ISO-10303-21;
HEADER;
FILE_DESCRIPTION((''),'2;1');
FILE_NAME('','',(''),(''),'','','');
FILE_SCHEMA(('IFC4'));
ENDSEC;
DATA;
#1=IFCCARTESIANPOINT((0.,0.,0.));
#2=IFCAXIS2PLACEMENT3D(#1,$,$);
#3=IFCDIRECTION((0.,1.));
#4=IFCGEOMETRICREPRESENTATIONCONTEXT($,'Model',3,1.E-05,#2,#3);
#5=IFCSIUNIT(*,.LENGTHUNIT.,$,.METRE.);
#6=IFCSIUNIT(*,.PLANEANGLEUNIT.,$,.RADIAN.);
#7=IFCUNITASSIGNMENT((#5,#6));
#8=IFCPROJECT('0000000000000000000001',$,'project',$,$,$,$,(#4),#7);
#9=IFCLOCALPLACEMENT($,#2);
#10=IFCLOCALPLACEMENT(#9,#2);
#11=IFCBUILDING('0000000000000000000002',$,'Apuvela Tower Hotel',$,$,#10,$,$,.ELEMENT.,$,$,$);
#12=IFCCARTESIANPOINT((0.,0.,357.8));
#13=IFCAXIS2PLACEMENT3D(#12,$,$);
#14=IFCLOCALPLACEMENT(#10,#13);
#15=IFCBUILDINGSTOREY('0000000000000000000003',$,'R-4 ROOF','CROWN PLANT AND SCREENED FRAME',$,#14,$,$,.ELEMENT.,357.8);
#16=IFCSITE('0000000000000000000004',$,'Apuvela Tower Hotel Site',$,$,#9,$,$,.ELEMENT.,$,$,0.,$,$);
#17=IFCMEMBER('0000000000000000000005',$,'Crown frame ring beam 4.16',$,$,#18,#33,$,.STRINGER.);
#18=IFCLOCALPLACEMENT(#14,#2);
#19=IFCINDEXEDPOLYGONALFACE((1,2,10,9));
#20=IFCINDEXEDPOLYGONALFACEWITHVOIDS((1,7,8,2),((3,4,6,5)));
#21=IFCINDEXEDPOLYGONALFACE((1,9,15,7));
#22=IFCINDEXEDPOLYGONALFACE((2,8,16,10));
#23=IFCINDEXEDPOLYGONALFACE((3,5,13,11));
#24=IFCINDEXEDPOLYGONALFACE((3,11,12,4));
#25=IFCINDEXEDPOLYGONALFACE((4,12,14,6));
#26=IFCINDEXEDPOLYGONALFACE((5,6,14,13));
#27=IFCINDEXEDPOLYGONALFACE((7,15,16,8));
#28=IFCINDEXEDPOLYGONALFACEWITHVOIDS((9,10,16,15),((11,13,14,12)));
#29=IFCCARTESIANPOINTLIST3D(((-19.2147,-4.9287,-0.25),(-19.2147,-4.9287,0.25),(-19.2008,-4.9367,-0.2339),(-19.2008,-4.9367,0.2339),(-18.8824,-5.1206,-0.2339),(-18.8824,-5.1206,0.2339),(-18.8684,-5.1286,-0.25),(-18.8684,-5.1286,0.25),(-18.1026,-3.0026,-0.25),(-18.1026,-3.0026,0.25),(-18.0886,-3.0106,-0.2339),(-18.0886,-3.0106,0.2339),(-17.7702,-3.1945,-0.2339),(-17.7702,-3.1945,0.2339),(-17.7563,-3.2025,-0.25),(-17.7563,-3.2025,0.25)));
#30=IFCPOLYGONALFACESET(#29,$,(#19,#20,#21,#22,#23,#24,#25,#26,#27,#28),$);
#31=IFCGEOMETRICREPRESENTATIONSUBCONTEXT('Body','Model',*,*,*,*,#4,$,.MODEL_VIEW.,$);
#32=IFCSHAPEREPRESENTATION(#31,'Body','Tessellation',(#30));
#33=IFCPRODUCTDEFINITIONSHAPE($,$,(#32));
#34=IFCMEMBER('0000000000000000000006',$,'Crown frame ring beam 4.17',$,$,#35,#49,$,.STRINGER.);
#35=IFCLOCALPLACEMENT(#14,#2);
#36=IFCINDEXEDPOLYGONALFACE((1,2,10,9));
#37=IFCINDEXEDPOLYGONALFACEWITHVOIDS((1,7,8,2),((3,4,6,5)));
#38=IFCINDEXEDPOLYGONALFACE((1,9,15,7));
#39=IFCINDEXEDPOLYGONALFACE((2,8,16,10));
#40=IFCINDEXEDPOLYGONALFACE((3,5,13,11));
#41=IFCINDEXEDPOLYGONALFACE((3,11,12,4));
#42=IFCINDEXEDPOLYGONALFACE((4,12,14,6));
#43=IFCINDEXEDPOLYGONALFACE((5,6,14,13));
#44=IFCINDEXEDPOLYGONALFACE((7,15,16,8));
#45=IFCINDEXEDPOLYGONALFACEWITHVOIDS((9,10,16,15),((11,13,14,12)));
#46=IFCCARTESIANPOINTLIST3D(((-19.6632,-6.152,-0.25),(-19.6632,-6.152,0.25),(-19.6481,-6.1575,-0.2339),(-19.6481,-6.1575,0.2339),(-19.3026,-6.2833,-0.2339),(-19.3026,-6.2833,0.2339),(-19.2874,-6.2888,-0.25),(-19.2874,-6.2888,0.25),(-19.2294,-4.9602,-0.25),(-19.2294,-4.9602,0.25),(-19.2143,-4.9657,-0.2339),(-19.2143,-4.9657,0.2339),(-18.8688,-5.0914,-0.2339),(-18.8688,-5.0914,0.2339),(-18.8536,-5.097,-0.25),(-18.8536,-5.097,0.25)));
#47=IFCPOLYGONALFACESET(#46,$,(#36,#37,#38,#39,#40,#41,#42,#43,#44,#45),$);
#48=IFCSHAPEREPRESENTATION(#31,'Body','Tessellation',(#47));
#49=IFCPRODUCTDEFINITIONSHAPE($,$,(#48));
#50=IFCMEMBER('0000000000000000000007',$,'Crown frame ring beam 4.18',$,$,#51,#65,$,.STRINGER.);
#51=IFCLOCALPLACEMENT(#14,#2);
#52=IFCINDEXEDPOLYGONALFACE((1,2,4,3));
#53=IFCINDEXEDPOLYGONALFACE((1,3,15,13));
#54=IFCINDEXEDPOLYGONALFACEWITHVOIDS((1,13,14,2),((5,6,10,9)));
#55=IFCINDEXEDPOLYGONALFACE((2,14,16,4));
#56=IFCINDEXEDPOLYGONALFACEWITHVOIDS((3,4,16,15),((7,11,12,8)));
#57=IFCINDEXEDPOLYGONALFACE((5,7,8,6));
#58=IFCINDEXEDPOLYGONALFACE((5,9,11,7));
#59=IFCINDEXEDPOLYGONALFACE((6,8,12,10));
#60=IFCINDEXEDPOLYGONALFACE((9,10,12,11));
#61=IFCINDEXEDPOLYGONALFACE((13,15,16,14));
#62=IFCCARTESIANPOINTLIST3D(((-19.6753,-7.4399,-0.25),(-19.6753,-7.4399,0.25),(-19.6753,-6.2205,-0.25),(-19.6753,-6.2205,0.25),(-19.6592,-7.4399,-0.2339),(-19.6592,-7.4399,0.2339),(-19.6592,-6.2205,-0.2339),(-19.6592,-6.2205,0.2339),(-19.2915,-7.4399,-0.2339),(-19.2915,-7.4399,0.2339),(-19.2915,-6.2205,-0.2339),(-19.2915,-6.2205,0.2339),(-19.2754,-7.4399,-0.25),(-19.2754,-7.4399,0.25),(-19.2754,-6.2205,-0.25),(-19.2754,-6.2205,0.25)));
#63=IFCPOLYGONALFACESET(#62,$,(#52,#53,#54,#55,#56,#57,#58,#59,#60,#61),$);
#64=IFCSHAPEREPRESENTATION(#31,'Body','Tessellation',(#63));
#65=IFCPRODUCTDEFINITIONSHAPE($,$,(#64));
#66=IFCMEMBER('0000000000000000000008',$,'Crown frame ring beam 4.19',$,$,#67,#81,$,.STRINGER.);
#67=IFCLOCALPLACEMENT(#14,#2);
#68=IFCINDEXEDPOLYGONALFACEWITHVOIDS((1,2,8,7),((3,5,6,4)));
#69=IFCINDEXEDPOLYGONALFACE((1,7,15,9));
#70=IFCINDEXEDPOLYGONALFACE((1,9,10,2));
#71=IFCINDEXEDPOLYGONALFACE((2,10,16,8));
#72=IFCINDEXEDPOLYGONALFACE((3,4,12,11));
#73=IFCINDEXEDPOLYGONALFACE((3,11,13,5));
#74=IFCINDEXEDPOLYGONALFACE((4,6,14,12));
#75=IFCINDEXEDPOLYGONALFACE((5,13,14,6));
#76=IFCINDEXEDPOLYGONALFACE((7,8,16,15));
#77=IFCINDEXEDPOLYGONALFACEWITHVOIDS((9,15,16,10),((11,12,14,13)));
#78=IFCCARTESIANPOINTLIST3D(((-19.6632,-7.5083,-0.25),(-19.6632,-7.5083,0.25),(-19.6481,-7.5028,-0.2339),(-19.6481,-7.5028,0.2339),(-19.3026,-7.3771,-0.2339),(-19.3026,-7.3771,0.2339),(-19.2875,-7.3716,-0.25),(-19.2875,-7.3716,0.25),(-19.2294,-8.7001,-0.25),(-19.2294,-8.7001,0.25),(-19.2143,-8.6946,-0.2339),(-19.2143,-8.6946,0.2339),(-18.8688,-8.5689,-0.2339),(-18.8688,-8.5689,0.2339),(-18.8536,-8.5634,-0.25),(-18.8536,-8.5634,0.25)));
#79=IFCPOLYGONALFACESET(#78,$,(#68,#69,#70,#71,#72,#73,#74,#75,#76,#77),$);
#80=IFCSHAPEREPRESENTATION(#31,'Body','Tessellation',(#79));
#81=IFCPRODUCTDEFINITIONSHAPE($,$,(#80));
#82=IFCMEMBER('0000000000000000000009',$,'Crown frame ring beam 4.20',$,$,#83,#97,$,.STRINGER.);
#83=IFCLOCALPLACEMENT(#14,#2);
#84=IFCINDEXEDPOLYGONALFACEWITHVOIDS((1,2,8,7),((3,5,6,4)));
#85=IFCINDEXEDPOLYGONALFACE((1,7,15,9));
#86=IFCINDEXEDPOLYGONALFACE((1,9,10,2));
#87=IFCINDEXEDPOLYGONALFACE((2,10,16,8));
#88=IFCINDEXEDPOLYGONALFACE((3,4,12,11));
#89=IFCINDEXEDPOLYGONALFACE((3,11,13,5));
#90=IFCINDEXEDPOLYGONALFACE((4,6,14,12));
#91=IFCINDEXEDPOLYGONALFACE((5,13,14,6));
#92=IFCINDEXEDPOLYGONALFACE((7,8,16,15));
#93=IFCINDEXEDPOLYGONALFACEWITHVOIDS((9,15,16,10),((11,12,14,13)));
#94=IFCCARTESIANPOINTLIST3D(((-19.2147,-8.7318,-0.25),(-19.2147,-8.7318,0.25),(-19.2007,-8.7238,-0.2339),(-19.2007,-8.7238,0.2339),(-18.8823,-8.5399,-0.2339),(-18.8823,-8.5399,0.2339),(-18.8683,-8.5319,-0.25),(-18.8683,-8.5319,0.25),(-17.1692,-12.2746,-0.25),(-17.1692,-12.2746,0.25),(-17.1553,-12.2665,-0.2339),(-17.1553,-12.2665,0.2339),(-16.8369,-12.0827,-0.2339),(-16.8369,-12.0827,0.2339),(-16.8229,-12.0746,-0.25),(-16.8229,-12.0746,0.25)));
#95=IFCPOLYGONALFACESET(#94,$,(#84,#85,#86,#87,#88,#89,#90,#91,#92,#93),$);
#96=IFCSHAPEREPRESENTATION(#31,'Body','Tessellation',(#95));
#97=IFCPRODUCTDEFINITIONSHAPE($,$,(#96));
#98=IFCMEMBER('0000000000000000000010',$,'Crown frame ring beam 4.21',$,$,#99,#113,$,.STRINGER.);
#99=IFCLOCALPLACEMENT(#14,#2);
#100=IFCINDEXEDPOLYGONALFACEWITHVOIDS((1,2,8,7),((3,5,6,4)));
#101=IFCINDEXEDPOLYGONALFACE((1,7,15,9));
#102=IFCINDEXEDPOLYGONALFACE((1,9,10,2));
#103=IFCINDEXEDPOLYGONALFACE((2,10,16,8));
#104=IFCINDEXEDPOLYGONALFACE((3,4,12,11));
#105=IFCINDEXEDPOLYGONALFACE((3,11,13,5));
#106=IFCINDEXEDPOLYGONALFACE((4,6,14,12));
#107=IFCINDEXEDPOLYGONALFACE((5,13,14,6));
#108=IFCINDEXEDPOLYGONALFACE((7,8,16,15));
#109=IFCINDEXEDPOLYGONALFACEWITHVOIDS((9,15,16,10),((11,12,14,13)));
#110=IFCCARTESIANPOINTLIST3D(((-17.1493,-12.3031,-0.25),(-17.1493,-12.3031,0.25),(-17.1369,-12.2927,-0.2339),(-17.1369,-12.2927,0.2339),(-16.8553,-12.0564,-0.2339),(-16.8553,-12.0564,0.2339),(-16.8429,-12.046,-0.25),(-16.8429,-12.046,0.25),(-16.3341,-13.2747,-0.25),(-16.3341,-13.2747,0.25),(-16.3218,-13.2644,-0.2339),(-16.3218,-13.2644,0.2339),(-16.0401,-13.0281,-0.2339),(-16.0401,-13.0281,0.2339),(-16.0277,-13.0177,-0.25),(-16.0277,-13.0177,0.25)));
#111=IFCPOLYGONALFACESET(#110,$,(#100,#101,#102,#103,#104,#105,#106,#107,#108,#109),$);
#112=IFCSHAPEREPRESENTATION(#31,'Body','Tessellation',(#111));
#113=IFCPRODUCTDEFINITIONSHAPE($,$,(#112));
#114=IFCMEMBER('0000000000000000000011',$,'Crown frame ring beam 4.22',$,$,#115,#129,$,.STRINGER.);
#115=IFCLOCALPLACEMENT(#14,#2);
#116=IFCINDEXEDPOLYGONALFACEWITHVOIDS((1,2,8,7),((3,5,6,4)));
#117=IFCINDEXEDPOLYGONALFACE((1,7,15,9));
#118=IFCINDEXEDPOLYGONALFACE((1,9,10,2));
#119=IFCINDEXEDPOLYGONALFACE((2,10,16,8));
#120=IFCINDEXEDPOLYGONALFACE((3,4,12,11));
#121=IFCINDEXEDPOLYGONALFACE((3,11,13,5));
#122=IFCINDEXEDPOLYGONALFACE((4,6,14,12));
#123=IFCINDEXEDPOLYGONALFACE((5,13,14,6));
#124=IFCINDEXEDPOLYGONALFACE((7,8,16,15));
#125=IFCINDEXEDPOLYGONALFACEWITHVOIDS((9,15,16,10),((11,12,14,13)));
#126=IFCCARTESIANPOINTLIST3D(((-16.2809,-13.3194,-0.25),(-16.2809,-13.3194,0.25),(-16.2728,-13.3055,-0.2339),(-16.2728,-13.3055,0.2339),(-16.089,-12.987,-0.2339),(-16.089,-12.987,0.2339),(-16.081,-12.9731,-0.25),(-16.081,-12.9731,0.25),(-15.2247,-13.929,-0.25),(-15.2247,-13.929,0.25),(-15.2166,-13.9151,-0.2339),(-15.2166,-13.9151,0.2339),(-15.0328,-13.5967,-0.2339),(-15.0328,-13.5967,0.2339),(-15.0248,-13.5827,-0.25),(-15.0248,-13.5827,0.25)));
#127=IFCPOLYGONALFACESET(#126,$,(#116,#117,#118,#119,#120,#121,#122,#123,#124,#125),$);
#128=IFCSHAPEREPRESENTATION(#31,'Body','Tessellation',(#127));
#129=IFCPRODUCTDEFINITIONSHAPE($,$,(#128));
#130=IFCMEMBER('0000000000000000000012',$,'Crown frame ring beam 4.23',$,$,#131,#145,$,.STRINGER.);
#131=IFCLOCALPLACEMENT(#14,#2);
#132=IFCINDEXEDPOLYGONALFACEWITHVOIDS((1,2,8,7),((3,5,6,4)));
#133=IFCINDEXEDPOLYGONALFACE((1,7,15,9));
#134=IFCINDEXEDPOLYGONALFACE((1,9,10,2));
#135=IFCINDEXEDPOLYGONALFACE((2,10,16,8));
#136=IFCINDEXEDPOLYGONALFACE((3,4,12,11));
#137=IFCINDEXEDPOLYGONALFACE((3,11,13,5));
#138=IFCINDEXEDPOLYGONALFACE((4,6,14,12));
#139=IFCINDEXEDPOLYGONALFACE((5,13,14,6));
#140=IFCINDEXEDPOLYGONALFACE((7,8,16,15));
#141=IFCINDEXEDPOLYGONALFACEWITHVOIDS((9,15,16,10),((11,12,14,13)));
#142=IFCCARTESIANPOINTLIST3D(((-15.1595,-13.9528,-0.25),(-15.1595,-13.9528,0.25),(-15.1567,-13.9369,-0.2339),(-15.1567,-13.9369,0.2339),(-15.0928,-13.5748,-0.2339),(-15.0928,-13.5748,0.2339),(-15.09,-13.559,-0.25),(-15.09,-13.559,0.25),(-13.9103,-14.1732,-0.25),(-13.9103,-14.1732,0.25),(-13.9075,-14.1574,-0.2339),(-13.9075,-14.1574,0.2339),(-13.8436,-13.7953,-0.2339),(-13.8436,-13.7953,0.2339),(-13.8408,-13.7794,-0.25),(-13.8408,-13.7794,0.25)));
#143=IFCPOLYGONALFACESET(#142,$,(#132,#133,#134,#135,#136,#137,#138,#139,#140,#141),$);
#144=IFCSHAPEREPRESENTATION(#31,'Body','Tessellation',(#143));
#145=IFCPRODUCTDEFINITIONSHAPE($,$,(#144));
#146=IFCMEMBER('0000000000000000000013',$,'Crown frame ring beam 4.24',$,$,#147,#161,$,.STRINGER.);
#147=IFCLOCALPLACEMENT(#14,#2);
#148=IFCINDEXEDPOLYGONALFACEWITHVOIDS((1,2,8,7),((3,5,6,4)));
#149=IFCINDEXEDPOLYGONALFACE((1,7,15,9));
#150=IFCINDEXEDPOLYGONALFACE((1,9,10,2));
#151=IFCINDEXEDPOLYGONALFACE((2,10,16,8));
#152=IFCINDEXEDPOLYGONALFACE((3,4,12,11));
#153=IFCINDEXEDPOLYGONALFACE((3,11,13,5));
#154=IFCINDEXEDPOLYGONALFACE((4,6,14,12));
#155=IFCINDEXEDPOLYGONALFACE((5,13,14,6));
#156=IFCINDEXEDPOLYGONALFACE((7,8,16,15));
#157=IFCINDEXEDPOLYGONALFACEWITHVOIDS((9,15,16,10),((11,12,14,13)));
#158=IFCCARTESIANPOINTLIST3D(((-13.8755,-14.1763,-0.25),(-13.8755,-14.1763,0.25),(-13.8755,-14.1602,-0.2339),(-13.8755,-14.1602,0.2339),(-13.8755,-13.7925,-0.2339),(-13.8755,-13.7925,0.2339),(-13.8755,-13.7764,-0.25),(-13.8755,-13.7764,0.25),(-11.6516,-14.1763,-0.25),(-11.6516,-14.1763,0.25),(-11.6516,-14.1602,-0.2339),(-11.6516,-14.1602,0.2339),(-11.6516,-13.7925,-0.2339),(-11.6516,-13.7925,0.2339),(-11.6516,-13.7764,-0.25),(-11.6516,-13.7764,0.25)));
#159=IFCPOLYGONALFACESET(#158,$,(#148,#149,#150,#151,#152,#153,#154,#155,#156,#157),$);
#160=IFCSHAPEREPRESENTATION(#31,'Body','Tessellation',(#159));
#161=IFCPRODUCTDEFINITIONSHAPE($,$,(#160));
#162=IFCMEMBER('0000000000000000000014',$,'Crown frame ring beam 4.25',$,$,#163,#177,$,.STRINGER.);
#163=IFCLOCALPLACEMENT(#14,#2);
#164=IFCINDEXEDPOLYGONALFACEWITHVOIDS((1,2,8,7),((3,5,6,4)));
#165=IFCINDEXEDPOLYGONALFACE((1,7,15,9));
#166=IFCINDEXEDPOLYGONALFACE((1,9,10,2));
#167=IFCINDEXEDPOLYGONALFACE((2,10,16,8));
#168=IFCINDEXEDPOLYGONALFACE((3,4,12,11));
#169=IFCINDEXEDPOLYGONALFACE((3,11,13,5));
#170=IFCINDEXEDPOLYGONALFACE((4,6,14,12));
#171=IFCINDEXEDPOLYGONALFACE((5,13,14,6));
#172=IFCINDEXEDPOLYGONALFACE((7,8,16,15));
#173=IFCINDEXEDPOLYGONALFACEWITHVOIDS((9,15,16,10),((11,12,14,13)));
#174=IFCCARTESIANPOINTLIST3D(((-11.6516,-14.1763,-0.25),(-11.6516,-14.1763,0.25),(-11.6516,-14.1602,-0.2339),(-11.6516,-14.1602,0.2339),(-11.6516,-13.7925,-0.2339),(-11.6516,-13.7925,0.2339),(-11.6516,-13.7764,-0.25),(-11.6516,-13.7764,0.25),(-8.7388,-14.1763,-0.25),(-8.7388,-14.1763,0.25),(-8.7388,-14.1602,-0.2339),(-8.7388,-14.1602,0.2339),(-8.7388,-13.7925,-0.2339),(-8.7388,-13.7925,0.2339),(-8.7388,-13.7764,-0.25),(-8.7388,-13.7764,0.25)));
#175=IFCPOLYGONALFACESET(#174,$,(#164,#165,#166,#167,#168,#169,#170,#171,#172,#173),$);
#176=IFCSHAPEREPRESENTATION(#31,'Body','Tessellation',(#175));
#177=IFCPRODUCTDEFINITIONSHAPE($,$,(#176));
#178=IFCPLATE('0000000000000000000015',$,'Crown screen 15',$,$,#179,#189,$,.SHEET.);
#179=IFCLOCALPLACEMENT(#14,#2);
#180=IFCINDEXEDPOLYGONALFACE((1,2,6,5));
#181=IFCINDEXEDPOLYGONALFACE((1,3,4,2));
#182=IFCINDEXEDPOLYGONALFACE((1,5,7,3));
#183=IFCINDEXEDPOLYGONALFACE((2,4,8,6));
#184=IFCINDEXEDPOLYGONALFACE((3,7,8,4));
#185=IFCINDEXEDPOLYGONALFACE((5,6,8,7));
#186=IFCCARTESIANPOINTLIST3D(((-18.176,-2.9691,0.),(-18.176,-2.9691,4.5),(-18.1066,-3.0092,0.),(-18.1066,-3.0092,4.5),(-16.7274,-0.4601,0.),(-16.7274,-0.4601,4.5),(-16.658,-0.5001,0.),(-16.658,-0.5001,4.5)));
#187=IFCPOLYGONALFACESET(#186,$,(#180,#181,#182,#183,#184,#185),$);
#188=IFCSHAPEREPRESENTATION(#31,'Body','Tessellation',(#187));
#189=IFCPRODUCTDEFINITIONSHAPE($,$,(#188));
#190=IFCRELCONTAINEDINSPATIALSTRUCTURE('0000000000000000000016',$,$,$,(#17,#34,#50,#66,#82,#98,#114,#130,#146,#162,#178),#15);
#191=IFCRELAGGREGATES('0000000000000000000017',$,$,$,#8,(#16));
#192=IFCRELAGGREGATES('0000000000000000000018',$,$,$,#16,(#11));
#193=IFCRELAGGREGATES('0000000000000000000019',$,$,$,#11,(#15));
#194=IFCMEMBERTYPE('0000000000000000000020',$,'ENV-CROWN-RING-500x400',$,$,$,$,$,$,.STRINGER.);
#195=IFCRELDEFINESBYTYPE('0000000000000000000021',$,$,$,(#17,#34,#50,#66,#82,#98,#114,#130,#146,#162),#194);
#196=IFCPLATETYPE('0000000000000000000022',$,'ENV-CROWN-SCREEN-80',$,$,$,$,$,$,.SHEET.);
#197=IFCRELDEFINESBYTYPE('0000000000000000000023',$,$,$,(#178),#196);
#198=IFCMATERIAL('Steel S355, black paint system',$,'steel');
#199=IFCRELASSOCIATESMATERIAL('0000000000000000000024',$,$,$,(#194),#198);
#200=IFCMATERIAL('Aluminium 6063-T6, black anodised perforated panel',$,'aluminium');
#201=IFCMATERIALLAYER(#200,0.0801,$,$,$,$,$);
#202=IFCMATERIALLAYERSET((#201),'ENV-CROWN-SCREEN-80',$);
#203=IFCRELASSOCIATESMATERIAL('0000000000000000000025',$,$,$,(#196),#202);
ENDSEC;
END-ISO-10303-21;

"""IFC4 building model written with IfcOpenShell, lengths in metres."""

from ifc_helpers import new_model, si_unit, direction, frame, origin, origin_2d, place, context, subcontext, project, spatial, rectangle, hollow_rectangle, extrude, material, layer, layer_set, material_profile, profile_set, type_object, element, save


model = new_model("IFC4")

# Units and contexts
model_context = context("Model", 3, precision=1e-05, world=origin(), true_north=direction((0.0, 1.0)))
body_context = subcontext(model_context, "Body", "Model", "MODEL_VIEW")
ifc_project = project(units=[si_unit("LENGTHUNIT", "METRE"), si_unit("PLANEANGLEUNIT", "RADIAN")], contexts=[model_context])

# Site, building, storey
site_placement = place(None, origin())
site = spatial("IfcSite", under=ifc_project, at=site_placement, Name="Apuvela Tower Hotel Site", CompositionType="ELEMENT", RefElevation=0.0)
building_placement = place(site_placement, origin())
building = spatial("IfcBuilding", under=site, at=building_placement, Name="Apuvela Tower Hotel", CompositionType="ELEMENT")
storey_placement = place(building_placement, frame((0.0, 0.0, 357.8)))
storey = spatial("IfcBuildingStorey", under=building, at=storey_placement, Name="R-4 ROOF", Description="CROWN PLANT AND SCREENED FRAME", CompositionType="ELEMENT", Elevation=357.8)

# Members
ifc_material_1 = material(Name="Steel S355, black paint system", Category="steel")
ifc_material_profile_1 = material_profile(ifc_material_1, hollow_rectangle(XDim=0.3999, YDim=0.5, WallThickness=0.0161, at=origin_2d()), Name="HSS 500x400x16")
ifc_profile_set_1 = profile_set([ifc_material_profile_1], Name="Steel S355, black paint system")
member_type_1 = type_object("IfcMemberType", Name="ENV-CROWN-RING-500x400", PredefinedType="STRINGER", material=ifc_profile_set_1)
member_1_placement = place(storey_placement, frame((-17.9294, -3.1025, 0.0), z_axis=(-0.500023, -0.866012, 0.0), x_axis=(0.866012, -0.500023, 0.0)))
element("IfcMember", 1, at=member_1_placement, inside=storey, type_object=member_type_1, Name="Crown frame ring beam 4.16", PredefinedType="STRINGER", context=body_context, shape_type="SweptSolid", body=[
    extrude(hollow_rectangle(XDim=0.3999, YDim=0.5, WallThickness=0.0161, at=origin_2d()), origin(), (0.0, 0.0, 1.0), 2.2241),
])
member_2_placement = place(storey_placement, frame((-19.0415, -5.0286, 0.0), z_axis=(-0.342037, -0.939687, 0.0), x_axis=(0.939687, -0.342037, 0.0)))
element("IfcMember", 2, at=member_2_placement, inside=storey, type_object=member_type_1, Name="Crown frame ring beam 4.17", PredefinedType="STRINGER", context=body_context, shape_type="SweptSolid", body=[
    extrude(hollow_rectangle(XDim=0.3999, YDim=0.5, WallThickness=0.0161, at=origin_2d()), origin(), (0.0, 0.0, 1.0), 1.2683),
])
member_3_placement = place(storey_placement, frame((-19.4753, -6.2205, 0.0), z_axis=(0.0, -1.0, 0.0), x_axis=(1.0, 0.0, 0.0)))
element("IfcMember", 3, at=member_3_placement, inside=storey, type_object=member_type_1, Name="Crown frame ring beam 4.18", PredefinedType="STRINGER", context=body_context, shape_type="SweptSolid", body=[
    extrude(hollow_rectangle(XDim=0.3999, YDim=0.5, WallThickness=0.0161, at=origin_2d()), origin(), (0.0, 0.0, 1.0), 1.2195),
])
member_4_placement = place(storey_placement, frame((-19.4753, -7.4399, 0.0), z_axis=(0.342037, -0.939687, 0.0), x_axis=(0.939687, 0.342037, 0.0)))
element("IfcMember", 4, at=member_4_placement, inside=storey, type_object=member_type_1, Name="Crown frame ring beam 4.19", PredefinedType="STRINGER", context=body_context, shape_type="SweptSolid", body=[
    extrude(hollow_rectangle(XDim=0.3999, YDim=0.5, WallThickness=0.0161, at=origin_2d()), origin(), (0.0, 0.0, 1.0), 1.2683),
])
member_5_placement = place(storey_placement, frame((-19.0415, -8.6318, 0.0), z_axis=(0.500003, -0.866024, 0.0), x_axis=(0.866024, 0.500003, 0.0)))
element("IfcMember", 5, at=member_5_placement, inside=storey, type_object=member_type_1, Name="Crown frame ring beam 4.20", PredefinedType="STRINGER", context=body_context, shape_type="SweptSolid", body=[
    extrude(hollow_rectangle(XDim=0.3999, YDim=0.5, WallThickness=0.0161, at=origin_2d()), origin(), (0.0, 0.0, 1.0), 4.0908),
])
member_6_placement = place(storey_placement, frame((-16.9961, -12.1746, 0.0), z_axis=(0.642718, -0.766103, 0.0), x_axis=(0.766103, 0.642718, 0.0)))
element("IfcMember", 6, at=member_6_placement, inside=storey, type_object=member_type_1, Name="Crown frame ring beam 4.21", PredefinedType="STRINGER", context=body_context, shape_type="SweptSolid", body=[
    extrude(hollow_rectangle(XDim=0.3999, YDim=0.5, WallThickness=0.0161, at=origin_2d()), origin(), (0.0, 0.0, 1.0), 1.2683),
])
member_7_placement = place(storey_placement, frame((-16.1809, -13.1462, 0.0), z_axis=(0.866079, -0.499907, 0.0), x_axis=(0.499907, 0.866079, 0.0)))
element("IfcMember", 7, at=member_7_placement, inside=storey, type_object=member_type_1, Name="Crown frame ring beam 4.22", PredefinedType="STRINGER", context=body_context, shape_type="SweptSolid", body=[
    extrude(hollow_rectangle(XDim=0.3999, YDim=0.5, WallThickness=0.0161, at=origin_2d()), origin(), (0.0, 0.0, 1.0), 1.2195),
])
member_8_placement = place(storey_placement, frame((-15.1248, -13.7559, 0.0), z_axis=(0.984784, -0.173785, 0.0), x_axis=(0.173785, 0.984784, 0.0)))
element("IfcMember", 8, at=member_8_placement, inside=storey, type_object=member_type_1, Name="Crown frame ring beam 4.23", PredefinedType="STRINGER", context=body_context, shape_type="SweptSolid", body=[
    extrude(hollow_rectangle(XDim=0.3999, YDim=0.5, WallThickness=0.0161, at=origin_2d()), origin(), (0.0, 0.0, 1.0), 1.2686),
])
member_9_placement = place(storey_placement, frame((-13.8755, -13.9763, 0.0), z_axis=(1.0, 0.0, 0.0), x_axis=(0.0, 1.0, 0.0)))
element("IfcMember", 9, at=member_9_placement, inside=storey, type_object=member_type_1, Name="Crown frame ring beam 4.24", PredefinedType="STRINGER", context=body_context, shape_type="SweptSolid", body=[
    extrude(hollow_rectangle(XDim=0.3999, YDim=0.5, WallThickness=0.0161, at=origin_2d()), origin(), (0.0, 0.0, 1.0), 2.2239),
])
member_10_placement = place(storey_placement, frame((-11.6516, -13.9763, 0.0), z_axis=(1.0, 0.0, 0.0), x_axis=(0.0, 1.0, 0.0)))
element("IfcMember", 10, at=member_10_placement, inside=storey, type_object=member_type_1, Name="Crown frame ring beam 4.25", PredefinedType="STRINGER", context=body_context, shape_type="SweptSolid", body=[
    extrude(hollow_rectangle(XDim=0.3999, YDim=0.5, WallThickness=0.0161, at=origin_2d()), origin(), (0.0, 0.0, 1.0), 2.9128),
])

# Plate
ifc_material_2 = material(Name="Aluminium 6063-T6, black anodised perforated panel", Category="aluminium")
ifc_layer = layer(ifc_material_2, 0.0801)
ifc_layer_set = layer_set([ifc_layer], Name="ENV-CROWN-SCREEN-80")
plate_type = type_object("IfcPlateType", Name="ENV-CROWN-SCREEN-80", PredefinedType="SHEET", material=ifc_layer_set)
plate_1_placement = place(storey_placement, frame((-17.417, -1.7346, 0.0), z_axis=(0.0, 0.0, 1.0), x_axis=(-0.5, -0.866025, 0.0)))
element("IfcPlate", 11, at=plate_1_placement, inside=storey, type_object=plate_type, Name="Crown screen 15", PredefinedType="SHEET", context=body_context, shape_type="SweptSolid", body=[
    extrude(rectangle(XDim=2.8972, YDim=0.0801, at=origin_2d()), origin(), (0.0, 0.0, 1.0), 4.5),
])

save(model, "model.ifc")
